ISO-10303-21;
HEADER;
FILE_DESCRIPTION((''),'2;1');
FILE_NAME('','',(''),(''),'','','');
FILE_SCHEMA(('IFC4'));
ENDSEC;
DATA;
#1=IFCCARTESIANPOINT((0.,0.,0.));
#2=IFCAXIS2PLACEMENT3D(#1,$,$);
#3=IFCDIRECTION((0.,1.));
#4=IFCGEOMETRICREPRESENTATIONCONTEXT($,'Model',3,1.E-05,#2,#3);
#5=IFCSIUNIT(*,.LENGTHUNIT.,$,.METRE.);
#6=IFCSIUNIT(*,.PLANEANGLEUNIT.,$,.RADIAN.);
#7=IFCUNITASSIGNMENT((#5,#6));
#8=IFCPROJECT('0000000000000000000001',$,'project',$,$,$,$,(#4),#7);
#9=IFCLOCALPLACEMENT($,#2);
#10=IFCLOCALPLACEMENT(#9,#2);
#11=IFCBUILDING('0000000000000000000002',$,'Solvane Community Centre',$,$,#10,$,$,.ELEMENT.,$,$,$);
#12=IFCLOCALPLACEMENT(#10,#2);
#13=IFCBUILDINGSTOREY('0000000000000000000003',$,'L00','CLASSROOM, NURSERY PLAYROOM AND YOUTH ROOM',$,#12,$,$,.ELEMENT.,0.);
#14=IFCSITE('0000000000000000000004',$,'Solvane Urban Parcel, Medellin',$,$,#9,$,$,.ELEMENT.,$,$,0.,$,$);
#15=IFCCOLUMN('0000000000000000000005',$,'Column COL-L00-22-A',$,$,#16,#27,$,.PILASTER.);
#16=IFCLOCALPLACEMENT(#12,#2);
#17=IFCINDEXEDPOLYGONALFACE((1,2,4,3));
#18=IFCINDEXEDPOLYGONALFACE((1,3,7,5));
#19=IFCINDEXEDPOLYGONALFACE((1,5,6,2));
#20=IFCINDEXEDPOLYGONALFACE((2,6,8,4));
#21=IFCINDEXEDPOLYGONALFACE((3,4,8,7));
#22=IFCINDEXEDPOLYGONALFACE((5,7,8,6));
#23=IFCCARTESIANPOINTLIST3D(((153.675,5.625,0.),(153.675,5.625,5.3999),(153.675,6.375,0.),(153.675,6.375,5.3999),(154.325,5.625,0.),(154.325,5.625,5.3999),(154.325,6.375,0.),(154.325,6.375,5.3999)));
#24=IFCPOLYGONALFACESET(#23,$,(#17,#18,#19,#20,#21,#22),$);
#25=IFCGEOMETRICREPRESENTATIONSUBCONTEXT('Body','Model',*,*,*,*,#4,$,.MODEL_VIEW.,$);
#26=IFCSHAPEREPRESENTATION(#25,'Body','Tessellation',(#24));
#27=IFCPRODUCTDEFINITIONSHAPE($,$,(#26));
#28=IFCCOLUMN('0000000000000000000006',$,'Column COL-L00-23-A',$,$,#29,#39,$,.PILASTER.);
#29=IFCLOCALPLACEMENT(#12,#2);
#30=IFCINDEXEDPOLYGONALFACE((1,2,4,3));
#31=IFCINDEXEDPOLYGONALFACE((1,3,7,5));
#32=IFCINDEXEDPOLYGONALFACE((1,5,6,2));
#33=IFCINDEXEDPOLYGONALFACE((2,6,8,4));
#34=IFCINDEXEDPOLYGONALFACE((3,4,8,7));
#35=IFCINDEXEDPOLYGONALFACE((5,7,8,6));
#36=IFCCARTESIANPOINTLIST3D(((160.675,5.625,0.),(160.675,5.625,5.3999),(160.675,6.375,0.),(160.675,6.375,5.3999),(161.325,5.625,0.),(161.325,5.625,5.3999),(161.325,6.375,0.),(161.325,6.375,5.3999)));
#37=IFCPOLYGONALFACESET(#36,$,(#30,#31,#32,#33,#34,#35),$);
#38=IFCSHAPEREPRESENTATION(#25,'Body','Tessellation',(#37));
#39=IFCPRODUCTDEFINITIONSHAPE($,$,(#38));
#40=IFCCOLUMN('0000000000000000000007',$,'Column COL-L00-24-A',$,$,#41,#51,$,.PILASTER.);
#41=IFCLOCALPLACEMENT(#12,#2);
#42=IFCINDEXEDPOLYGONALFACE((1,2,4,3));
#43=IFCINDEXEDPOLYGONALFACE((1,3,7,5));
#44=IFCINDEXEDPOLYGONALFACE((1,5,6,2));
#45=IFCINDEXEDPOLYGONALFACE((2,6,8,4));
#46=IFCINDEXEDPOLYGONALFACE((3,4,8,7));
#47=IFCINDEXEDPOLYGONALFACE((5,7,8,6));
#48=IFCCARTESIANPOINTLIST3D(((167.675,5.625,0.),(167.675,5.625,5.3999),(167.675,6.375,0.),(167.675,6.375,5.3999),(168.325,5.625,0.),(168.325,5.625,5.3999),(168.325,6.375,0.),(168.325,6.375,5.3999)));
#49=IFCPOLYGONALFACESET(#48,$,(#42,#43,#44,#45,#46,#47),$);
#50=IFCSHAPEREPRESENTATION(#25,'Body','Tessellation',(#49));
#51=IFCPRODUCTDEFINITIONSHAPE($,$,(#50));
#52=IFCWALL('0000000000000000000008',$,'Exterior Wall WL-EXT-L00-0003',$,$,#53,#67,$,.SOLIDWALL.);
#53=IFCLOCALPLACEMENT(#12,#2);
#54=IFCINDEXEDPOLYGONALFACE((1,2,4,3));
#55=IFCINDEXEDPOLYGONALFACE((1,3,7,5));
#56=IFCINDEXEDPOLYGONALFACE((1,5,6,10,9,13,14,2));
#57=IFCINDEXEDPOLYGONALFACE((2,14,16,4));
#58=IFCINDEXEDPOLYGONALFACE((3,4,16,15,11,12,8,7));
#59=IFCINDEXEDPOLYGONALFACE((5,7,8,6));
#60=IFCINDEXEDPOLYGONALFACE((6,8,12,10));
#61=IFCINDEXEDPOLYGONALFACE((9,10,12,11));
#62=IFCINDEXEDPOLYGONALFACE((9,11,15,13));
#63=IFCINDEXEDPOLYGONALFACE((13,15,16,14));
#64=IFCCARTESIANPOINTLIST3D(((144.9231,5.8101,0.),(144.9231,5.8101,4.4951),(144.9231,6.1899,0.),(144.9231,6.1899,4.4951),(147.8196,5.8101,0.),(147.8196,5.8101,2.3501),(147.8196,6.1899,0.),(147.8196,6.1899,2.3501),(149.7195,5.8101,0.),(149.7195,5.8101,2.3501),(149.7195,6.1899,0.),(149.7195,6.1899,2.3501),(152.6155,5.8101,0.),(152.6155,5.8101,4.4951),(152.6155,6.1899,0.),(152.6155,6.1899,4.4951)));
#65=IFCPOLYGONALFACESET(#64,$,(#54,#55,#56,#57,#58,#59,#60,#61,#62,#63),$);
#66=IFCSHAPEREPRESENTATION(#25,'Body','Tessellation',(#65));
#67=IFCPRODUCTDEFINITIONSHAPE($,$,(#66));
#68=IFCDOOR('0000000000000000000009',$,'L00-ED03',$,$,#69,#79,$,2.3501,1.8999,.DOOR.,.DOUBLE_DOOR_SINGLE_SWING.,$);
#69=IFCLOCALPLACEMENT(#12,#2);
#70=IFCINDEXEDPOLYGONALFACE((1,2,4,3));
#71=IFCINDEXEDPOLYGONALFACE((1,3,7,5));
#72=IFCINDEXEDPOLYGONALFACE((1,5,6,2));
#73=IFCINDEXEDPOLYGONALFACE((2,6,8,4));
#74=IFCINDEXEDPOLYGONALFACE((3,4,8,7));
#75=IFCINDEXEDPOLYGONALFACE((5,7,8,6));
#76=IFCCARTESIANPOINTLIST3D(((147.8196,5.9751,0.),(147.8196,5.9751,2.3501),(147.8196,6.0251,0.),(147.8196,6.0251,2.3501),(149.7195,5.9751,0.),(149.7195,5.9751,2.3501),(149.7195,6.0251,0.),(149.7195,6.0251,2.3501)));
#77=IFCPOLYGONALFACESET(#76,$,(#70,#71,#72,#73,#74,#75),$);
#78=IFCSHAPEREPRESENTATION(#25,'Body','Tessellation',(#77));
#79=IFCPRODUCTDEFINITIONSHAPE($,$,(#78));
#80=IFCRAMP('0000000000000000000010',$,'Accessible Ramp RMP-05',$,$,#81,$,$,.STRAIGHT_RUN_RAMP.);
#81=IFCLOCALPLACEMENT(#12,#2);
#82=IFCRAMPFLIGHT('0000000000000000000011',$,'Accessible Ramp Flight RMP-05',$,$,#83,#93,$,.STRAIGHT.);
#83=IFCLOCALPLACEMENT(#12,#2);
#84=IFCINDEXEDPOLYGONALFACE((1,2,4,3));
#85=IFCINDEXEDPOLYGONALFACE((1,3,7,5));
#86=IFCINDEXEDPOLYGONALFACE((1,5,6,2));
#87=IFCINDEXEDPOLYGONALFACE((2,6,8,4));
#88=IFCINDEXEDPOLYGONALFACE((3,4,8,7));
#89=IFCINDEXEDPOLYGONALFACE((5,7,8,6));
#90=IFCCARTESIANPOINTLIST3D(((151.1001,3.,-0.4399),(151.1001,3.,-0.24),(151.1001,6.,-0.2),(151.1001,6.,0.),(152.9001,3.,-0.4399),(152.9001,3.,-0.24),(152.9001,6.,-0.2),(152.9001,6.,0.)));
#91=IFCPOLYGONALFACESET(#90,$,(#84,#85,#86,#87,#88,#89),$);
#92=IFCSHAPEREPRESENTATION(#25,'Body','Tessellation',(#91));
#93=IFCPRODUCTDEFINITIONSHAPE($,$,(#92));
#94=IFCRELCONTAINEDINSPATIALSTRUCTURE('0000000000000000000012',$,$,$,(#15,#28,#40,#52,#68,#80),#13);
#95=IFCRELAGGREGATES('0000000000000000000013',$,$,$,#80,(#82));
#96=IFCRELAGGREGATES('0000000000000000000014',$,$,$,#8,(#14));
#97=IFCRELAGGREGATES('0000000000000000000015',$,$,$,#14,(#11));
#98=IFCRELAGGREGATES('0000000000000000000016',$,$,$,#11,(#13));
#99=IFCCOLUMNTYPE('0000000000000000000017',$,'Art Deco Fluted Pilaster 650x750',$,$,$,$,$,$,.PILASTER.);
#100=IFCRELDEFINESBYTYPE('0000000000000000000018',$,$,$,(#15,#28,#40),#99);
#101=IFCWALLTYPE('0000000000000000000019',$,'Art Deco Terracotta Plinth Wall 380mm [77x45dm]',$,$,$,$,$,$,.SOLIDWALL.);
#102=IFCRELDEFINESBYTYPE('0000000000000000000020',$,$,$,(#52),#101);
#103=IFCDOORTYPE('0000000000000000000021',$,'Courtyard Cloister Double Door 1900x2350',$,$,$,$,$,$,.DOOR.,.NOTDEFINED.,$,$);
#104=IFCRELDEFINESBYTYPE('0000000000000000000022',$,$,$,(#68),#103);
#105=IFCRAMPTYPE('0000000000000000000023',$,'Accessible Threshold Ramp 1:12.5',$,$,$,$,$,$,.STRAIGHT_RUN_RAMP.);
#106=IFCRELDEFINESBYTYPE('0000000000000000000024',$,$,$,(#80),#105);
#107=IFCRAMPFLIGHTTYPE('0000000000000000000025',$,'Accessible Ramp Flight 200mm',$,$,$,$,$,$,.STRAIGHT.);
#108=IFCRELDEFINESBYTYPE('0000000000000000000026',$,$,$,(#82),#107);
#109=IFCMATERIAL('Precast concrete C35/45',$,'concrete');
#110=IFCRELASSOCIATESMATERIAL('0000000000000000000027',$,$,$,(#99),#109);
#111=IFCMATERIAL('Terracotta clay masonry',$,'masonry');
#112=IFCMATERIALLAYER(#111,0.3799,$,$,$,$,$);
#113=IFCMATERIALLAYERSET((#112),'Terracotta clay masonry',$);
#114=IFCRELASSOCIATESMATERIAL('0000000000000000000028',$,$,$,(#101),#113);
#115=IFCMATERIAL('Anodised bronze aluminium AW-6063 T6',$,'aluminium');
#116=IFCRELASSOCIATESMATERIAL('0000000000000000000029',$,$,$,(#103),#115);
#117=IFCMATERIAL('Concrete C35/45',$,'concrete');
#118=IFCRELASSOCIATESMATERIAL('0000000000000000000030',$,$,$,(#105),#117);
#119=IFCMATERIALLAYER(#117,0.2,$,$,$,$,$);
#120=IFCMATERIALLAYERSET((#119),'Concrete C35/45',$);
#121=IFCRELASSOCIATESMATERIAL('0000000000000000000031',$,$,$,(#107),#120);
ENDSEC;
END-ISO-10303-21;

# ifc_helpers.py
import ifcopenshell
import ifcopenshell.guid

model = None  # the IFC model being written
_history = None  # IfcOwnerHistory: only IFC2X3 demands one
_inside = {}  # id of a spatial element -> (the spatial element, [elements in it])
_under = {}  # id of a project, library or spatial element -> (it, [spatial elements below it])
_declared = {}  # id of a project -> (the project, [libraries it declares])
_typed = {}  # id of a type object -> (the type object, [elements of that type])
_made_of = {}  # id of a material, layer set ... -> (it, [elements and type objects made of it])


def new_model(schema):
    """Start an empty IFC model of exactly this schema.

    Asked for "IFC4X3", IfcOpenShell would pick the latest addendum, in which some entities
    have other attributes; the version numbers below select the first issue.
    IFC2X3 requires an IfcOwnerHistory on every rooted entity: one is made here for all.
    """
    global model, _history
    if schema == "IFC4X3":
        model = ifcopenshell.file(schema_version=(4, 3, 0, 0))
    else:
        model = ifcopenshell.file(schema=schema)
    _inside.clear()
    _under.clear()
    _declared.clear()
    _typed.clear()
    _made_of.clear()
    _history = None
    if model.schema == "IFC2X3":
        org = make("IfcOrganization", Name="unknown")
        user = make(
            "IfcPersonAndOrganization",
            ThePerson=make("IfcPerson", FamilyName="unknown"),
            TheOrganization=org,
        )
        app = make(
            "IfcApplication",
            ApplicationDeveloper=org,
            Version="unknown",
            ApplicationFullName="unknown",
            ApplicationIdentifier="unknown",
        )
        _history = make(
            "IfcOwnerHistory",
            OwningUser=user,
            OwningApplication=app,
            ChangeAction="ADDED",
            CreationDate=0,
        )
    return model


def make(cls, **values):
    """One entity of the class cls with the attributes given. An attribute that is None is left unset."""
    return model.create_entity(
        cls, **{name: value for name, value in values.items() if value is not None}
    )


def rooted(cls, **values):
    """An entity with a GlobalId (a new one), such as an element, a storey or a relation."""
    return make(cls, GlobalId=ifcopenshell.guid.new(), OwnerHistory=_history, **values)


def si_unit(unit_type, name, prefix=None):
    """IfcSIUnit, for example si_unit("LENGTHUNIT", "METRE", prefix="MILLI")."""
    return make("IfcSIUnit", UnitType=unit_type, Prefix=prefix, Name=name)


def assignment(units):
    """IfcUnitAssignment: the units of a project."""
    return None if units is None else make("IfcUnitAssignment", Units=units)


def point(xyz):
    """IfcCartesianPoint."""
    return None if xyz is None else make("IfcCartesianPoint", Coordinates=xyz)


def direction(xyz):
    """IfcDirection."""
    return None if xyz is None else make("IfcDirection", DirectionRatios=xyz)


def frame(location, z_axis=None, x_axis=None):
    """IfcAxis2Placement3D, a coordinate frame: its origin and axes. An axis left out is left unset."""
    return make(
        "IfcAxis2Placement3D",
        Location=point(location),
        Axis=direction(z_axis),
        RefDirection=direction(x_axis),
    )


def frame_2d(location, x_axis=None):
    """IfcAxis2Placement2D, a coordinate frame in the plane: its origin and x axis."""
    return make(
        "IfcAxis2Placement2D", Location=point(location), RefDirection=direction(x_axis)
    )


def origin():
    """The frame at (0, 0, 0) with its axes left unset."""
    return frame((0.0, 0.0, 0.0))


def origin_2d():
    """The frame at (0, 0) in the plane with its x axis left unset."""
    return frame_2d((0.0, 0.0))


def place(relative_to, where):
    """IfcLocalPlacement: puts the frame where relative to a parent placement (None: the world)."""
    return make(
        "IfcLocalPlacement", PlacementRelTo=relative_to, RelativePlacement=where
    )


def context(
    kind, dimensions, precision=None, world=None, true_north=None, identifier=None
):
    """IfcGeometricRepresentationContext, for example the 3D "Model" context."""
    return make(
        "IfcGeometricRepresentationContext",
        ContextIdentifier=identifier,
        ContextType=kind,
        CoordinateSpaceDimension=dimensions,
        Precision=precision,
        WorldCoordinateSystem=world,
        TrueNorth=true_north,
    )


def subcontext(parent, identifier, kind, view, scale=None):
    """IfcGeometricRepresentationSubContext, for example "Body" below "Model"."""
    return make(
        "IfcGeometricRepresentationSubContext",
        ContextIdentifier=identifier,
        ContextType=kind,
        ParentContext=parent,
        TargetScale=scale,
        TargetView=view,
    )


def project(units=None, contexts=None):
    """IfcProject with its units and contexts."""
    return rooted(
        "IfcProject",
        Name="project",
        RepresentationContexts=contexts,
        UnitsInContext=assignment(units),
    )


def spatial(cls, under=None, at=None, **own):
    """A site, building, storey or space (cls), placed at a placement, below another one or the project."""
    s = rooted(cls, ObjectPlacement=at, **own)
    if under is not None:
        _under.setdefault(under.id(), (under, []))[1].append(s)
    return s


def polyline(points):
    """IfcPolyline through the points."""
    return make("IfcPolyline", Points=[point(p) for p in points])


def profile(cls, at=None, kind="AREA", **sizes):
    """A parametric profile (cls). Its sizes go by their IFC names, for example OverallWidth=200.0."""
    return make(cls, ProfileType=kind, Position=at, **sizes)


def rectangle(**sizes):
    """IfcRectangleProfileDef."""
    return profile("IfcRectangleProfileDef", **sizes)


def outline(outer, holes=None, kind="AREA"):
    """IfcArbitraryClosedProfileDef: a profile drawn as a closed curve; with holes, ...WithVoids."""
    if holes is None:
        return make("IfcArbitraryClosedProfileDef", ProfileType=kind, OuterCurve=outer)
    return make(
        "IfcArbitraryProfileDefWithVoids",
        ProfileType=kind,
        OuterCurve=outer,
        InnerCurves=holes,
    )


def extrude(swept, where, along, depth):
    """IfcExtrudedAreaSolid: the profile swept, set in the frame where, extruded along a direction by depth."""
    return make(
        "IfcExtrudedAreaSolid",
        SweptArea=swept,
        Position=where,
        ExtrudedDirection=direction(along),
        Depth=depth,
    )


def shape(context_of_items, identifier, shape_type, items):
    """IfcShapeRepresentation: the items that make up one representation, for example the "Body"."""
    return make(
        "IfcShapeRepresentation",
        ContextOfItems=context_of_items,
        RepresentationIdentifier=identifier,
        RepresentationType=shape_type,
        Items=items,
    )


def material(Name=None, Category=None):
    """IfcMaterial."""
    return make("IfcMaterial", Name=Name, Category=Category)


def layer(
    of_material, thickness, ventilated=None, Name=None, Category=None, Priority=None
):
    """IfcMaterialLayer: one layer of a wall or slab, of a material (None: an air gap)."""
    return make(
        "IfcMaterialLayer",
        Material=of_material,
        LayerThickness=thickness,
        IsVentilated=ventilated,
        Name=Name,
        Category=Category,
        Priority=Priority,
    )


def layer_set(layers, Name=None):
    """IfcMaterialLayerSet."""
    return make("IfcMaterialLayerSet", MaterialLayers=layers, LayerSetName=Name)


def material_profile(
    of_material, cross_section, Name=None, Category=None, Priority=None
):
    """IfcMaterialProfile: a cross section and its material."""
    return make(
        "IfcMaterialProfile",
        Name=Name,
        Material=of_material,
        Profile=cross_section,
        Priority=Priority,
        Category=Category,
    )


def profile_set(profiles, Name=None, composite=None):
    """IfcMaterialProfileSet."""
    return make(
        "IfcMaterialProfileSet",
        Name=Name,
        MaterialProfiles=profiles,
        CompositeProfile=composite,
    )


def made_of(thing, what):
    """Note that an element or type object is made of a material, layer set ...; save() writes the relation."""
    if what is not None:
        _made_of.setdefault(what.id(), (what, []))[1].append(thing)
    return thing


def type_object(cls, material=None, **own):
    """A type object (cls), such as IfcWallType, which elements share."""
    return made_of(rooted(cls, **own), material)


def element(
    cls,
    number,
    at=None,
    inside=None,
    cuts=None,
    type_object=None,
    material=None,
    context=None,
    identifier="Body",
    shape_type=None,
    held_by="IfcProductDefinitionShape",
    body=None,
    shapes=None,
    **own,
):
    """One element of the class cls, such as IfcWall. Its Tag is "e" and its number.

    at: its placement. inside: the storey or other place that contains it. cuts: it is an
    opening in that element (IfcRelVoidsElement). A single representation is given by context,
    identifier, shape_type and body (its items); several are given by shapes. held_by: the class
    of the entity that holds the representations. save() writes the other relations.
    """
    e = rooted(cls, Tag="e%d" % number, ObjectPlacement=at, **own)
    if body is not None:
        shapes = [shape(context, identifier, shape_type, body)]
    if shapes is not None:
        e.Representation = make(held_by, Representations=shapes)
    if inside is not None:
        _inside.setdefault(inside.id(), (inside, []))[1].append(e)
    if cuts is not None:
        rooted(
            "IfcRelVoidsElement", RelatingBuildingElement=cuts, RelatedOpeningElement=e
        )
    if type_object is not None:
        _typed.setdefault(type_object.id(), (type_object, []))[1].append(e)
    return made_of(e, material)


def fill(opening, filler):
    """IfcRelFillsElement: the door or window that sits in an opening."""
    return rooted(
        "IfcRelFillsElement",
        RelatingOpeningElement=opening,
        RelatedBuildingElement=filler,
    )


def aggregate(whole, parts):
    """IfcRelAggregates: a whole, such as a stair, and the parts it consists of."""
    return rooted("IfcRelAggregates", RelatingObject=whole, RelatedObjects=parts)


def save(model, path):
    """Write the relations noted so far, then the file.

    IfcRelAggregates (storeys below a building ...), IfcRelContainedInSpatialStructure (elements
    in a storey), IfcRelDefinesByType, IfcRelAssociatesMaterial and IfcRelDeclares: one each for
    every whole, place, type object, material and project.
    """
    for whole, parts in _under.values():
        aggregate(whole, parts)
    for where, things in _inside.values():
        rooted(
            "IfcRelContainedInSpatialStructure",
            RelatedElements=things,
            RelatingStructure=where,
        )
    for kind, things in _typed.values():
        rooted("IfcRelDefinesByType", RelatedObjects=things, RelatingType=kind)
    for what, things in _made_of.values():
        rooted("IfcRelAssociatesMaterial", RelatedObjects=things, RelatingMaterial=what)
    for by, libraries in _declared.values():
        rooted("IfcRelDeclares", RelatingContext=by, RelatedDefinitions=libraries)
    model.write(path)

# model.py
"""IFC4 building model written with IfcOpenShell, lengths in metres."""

from ifc_helpers import new_model, si_unit, direction, frame, frame_2d, origin, origin_2d, place, context, subcontext, project, spatial, polyline, rectangle, outline, extrude, material, layer, layer_set, material_profile, profile_set, type_object, element, fill, aggregate, save


model = new_model("IFC4")

# Units and contexts
model_context = context("Model", 3, precision=1e-05, world=origin(), true_north=direction((0.0, 1.0)))
body_context = subcontext(model_context, "Body", "Model", "MODEL_VIEW")
ifc_project = project(units=[si_unit("LENGTHUNIT", "METRE"), si_unit("PLANEANGLEUNIT", "RADIAN")], contexts=[model_context])

# Site, building, storey
site_placement = place(None, origin())
site = spatial("IfcSite", under=ifc_project, at=site_placement, Name="Solvane Urban Parcel, Medellin", CompositionType="ELEMENT", RefElevation=0.0)
building_placement = place(site_placement, origin())
building = spatial("IfcBuilding", under=site, at=building_placement, Name="Solvane Community Centre", CompositionType="ELEMENT")
storey_placement = place(building_placement, origin())
storey = spatial("IfcBuildingStorey", under=building, at=storey_placement, Name="L00", Description="CLASSROOM, NURSERY PLAYROOM AND YOUTH ROOM", CompositionType="ELEMENT", Elevation=0.0)

# Columns
ifc_material_1 = material(Name="Precast concrete C35/45", Category="concrete")
ifc_material_profile_1 = material_profile(ifc_material_1, rectangle(XDim=0.6499, YDim=0.75, at=origin_2d()), Name="RC 650x750")
ifc_profile_set_1 = profile_set([ifc_material_profile_1], Name="Precast concrete C35/45")
column_type = type_object("IfcColumnType", Name="Art Deco Fluted Pilaster 650x750", PredefinedType="PILASTER", material=ifc_profile_set_1)
for number, where, z_axis, x_axis, name in (
    (1, (154.0, 6.0, 0.0), (0.0, 0.0, 1.0), (1.0, 0.0, 0.0), "Column COL-L00-22-A"),
    (2, (161.0, 6.0, 0.0), (0.0, 0.0, 1.0), (1.0, 0.0, 0.0), "Column COL-L00-23-A"),
    (3, (168.0, 6.0, 0.0), (0.0, 0.0, 1.0), (1.0, 0.0, 0.0), "Column COL-L00-24-A"),
):
    element("IfcColumn", number, at=place(storey_placement, frame(where, z_axis=z_axis, x_axis=x_axis)), inside=storey, type_object=column_type, Name=name, PredefinedType="PILASTER", context=body_context, shape_type="SweptSolid", body=[
        extrude(rectangle(XDim=0.6499, YDim=0.75, at=origin_2d()), origin(), (0.0, 0.0, 1.0), 5.3999),
    ])

# Wall, opening, door
ifc_material_2 = material(Name="Terracotta clay masonry", Category="masonry")
ifc_layer_1 = layer(ifc_material_2, 0.3799)
ifc_layer_set_1 = layer_set([ifc_layer_1], Name="Terracotta clay masonry")
wall_type_1 = type_object("IfcWallType", Name="Art Deco Terracotta Plinth Wall 380mm [77x45dm]", PredefinedType="SOLIDWALL", material=ifc_layer_set_1)
wall_1_placement = place(storey_placement, frame((152.6155, 6.0, 0.0), z_axis=(0.0, 0.0, 1.0), x_axis=(-1.0, 0.0, 0.0)))
wall_1 = element("IfcWall", 4, at=wall_1_placement, inside=storey, type_object=wall_type_1, Name="Exterior Wall WL-EXT-L00-0003", PredefinedType="SOLIDWALL", context=body_context, shape_type="SweptSolid", body=[
    extrude(rectangle(XDim=7.6924, YDim=0.3799, at=frame_2d((3.8462, 0.0))), origin(), (0.0, 0.0, 1.0), 4.4951),
])
opening_1_placement = place(wall_1_placement, frame((2.896, 0.0, 0.0)))
opening_1 = element("IfcOpeningElement", 5, at=opening_1_placement, cuts=wall_1, PredefinedType="OPENING", context=body_context, shape_type="SweptSolid", body=[
    extrude(rectangle(XDim=1.8999, YDim=2.3501, at=frame_2d((0.95, 1.175))), frame((0.0, 0.2, 0.0), z_axis=(0.0, -1.0, 0.0), x_axis=(1.0, 0.0, 0.0)), (0.0, 0.0, 1.0), 0.3999),
])
ifc_material_3 = material(Name="Anodised bronze aluminium AW-6063 T6", Category="aluminium")
door_type_1 = type_object("IfcDoorType", Name="Courtyard Cloister Double Door 1900x2350", OperationType="NOTDEFINED", PredefinedType="DOOR", material=ifc_material_3)
door_1_placement = place(opening_1_placement, origin())
door_1 = element("IfcDoor", 6, at=door_1_placement, inside=storey, type_object=door_type_1, Name="L00-ED03", OperationType="DOUBLE_DOOR_SINGLE_SWING", OverallHeight=2.3501, OverallWidth=1.8999, PredefinedType="DOOR", context=body_context, shape_type="SweptSolid", body=[
    extrude(rectangle(XDim=1.8999, YDim=2.3501, at=frame_2d((0.95, 1.175))), frame((0.0, 0.0249, 0.0), z_axis=(0.0, -1.0, 0.0), x_axis=(1.0, 0.0, 0.0)), (0.0, 0.0, 1.0), 0.05),
])
fill(opening_1, door_1)

# Ramp, ramp flight
ifc_material_4 = material(Name="Concrete C35/45", Category="concrete")
ramp_type = type_object("IfcRampType", Name="Accessible Threshold Ramp 1:12.5", PredefinedType="STRAIGHT_RUN_RAMP", material=ifc_material_4)
ramp_placement = place(storey_placement, origin())
ramp = element("IfcRamp", 7, at=ramp_placement, inside=storey, type_object=ramp_type, Name="Accessible Ramp RMP-05", PredefinedType="STRAIGHT_RUN_RAMP")
ifc_layer_2 = layer(ifc_material_4, 0.2)
ifc_layer_set_2 = layer_set([ifc_layer_2], Name="Concrete C35/45")
ramp_flight_type = type_object("IfcRampFlightType", Name="Accessible Ramp Flight 200mm", PredefinedType="STRAIGHT", material=ifc_layer_set_2)
ramp_flight_placement = place(storey_placement, frame((152.0, 3.0, -0.24), z_axis=(0.0, 0.0, 1.0), x_axis=(0.0, 1.0, 0.0)))
ramp_flight = element("IfcRampFlight", 8, at=ramp_flight_placement, type_object=ramp_flight_type, Name="Accessible Ramp Flight RMP-05", PredefinedType="STRAIGHT", context=body_context, shape_type="SweptSolid", body=[
    extrude(outline(polyline([(0.0, 0.0), (3.0, 0.24), (3.0, 0.04), (0.0, -0.2), (0.0, 0.0)])), frame((0.0, 0.8999, 0.0), z_axis=(0.0, -1.0, 0.0), x_axis=(1.0, 0.0, 0.0)), (0.0, 0.0, 1.0), 1.8),
])
aggregate(ramp, [ramp_flight])

save(model, "model.ifc")
